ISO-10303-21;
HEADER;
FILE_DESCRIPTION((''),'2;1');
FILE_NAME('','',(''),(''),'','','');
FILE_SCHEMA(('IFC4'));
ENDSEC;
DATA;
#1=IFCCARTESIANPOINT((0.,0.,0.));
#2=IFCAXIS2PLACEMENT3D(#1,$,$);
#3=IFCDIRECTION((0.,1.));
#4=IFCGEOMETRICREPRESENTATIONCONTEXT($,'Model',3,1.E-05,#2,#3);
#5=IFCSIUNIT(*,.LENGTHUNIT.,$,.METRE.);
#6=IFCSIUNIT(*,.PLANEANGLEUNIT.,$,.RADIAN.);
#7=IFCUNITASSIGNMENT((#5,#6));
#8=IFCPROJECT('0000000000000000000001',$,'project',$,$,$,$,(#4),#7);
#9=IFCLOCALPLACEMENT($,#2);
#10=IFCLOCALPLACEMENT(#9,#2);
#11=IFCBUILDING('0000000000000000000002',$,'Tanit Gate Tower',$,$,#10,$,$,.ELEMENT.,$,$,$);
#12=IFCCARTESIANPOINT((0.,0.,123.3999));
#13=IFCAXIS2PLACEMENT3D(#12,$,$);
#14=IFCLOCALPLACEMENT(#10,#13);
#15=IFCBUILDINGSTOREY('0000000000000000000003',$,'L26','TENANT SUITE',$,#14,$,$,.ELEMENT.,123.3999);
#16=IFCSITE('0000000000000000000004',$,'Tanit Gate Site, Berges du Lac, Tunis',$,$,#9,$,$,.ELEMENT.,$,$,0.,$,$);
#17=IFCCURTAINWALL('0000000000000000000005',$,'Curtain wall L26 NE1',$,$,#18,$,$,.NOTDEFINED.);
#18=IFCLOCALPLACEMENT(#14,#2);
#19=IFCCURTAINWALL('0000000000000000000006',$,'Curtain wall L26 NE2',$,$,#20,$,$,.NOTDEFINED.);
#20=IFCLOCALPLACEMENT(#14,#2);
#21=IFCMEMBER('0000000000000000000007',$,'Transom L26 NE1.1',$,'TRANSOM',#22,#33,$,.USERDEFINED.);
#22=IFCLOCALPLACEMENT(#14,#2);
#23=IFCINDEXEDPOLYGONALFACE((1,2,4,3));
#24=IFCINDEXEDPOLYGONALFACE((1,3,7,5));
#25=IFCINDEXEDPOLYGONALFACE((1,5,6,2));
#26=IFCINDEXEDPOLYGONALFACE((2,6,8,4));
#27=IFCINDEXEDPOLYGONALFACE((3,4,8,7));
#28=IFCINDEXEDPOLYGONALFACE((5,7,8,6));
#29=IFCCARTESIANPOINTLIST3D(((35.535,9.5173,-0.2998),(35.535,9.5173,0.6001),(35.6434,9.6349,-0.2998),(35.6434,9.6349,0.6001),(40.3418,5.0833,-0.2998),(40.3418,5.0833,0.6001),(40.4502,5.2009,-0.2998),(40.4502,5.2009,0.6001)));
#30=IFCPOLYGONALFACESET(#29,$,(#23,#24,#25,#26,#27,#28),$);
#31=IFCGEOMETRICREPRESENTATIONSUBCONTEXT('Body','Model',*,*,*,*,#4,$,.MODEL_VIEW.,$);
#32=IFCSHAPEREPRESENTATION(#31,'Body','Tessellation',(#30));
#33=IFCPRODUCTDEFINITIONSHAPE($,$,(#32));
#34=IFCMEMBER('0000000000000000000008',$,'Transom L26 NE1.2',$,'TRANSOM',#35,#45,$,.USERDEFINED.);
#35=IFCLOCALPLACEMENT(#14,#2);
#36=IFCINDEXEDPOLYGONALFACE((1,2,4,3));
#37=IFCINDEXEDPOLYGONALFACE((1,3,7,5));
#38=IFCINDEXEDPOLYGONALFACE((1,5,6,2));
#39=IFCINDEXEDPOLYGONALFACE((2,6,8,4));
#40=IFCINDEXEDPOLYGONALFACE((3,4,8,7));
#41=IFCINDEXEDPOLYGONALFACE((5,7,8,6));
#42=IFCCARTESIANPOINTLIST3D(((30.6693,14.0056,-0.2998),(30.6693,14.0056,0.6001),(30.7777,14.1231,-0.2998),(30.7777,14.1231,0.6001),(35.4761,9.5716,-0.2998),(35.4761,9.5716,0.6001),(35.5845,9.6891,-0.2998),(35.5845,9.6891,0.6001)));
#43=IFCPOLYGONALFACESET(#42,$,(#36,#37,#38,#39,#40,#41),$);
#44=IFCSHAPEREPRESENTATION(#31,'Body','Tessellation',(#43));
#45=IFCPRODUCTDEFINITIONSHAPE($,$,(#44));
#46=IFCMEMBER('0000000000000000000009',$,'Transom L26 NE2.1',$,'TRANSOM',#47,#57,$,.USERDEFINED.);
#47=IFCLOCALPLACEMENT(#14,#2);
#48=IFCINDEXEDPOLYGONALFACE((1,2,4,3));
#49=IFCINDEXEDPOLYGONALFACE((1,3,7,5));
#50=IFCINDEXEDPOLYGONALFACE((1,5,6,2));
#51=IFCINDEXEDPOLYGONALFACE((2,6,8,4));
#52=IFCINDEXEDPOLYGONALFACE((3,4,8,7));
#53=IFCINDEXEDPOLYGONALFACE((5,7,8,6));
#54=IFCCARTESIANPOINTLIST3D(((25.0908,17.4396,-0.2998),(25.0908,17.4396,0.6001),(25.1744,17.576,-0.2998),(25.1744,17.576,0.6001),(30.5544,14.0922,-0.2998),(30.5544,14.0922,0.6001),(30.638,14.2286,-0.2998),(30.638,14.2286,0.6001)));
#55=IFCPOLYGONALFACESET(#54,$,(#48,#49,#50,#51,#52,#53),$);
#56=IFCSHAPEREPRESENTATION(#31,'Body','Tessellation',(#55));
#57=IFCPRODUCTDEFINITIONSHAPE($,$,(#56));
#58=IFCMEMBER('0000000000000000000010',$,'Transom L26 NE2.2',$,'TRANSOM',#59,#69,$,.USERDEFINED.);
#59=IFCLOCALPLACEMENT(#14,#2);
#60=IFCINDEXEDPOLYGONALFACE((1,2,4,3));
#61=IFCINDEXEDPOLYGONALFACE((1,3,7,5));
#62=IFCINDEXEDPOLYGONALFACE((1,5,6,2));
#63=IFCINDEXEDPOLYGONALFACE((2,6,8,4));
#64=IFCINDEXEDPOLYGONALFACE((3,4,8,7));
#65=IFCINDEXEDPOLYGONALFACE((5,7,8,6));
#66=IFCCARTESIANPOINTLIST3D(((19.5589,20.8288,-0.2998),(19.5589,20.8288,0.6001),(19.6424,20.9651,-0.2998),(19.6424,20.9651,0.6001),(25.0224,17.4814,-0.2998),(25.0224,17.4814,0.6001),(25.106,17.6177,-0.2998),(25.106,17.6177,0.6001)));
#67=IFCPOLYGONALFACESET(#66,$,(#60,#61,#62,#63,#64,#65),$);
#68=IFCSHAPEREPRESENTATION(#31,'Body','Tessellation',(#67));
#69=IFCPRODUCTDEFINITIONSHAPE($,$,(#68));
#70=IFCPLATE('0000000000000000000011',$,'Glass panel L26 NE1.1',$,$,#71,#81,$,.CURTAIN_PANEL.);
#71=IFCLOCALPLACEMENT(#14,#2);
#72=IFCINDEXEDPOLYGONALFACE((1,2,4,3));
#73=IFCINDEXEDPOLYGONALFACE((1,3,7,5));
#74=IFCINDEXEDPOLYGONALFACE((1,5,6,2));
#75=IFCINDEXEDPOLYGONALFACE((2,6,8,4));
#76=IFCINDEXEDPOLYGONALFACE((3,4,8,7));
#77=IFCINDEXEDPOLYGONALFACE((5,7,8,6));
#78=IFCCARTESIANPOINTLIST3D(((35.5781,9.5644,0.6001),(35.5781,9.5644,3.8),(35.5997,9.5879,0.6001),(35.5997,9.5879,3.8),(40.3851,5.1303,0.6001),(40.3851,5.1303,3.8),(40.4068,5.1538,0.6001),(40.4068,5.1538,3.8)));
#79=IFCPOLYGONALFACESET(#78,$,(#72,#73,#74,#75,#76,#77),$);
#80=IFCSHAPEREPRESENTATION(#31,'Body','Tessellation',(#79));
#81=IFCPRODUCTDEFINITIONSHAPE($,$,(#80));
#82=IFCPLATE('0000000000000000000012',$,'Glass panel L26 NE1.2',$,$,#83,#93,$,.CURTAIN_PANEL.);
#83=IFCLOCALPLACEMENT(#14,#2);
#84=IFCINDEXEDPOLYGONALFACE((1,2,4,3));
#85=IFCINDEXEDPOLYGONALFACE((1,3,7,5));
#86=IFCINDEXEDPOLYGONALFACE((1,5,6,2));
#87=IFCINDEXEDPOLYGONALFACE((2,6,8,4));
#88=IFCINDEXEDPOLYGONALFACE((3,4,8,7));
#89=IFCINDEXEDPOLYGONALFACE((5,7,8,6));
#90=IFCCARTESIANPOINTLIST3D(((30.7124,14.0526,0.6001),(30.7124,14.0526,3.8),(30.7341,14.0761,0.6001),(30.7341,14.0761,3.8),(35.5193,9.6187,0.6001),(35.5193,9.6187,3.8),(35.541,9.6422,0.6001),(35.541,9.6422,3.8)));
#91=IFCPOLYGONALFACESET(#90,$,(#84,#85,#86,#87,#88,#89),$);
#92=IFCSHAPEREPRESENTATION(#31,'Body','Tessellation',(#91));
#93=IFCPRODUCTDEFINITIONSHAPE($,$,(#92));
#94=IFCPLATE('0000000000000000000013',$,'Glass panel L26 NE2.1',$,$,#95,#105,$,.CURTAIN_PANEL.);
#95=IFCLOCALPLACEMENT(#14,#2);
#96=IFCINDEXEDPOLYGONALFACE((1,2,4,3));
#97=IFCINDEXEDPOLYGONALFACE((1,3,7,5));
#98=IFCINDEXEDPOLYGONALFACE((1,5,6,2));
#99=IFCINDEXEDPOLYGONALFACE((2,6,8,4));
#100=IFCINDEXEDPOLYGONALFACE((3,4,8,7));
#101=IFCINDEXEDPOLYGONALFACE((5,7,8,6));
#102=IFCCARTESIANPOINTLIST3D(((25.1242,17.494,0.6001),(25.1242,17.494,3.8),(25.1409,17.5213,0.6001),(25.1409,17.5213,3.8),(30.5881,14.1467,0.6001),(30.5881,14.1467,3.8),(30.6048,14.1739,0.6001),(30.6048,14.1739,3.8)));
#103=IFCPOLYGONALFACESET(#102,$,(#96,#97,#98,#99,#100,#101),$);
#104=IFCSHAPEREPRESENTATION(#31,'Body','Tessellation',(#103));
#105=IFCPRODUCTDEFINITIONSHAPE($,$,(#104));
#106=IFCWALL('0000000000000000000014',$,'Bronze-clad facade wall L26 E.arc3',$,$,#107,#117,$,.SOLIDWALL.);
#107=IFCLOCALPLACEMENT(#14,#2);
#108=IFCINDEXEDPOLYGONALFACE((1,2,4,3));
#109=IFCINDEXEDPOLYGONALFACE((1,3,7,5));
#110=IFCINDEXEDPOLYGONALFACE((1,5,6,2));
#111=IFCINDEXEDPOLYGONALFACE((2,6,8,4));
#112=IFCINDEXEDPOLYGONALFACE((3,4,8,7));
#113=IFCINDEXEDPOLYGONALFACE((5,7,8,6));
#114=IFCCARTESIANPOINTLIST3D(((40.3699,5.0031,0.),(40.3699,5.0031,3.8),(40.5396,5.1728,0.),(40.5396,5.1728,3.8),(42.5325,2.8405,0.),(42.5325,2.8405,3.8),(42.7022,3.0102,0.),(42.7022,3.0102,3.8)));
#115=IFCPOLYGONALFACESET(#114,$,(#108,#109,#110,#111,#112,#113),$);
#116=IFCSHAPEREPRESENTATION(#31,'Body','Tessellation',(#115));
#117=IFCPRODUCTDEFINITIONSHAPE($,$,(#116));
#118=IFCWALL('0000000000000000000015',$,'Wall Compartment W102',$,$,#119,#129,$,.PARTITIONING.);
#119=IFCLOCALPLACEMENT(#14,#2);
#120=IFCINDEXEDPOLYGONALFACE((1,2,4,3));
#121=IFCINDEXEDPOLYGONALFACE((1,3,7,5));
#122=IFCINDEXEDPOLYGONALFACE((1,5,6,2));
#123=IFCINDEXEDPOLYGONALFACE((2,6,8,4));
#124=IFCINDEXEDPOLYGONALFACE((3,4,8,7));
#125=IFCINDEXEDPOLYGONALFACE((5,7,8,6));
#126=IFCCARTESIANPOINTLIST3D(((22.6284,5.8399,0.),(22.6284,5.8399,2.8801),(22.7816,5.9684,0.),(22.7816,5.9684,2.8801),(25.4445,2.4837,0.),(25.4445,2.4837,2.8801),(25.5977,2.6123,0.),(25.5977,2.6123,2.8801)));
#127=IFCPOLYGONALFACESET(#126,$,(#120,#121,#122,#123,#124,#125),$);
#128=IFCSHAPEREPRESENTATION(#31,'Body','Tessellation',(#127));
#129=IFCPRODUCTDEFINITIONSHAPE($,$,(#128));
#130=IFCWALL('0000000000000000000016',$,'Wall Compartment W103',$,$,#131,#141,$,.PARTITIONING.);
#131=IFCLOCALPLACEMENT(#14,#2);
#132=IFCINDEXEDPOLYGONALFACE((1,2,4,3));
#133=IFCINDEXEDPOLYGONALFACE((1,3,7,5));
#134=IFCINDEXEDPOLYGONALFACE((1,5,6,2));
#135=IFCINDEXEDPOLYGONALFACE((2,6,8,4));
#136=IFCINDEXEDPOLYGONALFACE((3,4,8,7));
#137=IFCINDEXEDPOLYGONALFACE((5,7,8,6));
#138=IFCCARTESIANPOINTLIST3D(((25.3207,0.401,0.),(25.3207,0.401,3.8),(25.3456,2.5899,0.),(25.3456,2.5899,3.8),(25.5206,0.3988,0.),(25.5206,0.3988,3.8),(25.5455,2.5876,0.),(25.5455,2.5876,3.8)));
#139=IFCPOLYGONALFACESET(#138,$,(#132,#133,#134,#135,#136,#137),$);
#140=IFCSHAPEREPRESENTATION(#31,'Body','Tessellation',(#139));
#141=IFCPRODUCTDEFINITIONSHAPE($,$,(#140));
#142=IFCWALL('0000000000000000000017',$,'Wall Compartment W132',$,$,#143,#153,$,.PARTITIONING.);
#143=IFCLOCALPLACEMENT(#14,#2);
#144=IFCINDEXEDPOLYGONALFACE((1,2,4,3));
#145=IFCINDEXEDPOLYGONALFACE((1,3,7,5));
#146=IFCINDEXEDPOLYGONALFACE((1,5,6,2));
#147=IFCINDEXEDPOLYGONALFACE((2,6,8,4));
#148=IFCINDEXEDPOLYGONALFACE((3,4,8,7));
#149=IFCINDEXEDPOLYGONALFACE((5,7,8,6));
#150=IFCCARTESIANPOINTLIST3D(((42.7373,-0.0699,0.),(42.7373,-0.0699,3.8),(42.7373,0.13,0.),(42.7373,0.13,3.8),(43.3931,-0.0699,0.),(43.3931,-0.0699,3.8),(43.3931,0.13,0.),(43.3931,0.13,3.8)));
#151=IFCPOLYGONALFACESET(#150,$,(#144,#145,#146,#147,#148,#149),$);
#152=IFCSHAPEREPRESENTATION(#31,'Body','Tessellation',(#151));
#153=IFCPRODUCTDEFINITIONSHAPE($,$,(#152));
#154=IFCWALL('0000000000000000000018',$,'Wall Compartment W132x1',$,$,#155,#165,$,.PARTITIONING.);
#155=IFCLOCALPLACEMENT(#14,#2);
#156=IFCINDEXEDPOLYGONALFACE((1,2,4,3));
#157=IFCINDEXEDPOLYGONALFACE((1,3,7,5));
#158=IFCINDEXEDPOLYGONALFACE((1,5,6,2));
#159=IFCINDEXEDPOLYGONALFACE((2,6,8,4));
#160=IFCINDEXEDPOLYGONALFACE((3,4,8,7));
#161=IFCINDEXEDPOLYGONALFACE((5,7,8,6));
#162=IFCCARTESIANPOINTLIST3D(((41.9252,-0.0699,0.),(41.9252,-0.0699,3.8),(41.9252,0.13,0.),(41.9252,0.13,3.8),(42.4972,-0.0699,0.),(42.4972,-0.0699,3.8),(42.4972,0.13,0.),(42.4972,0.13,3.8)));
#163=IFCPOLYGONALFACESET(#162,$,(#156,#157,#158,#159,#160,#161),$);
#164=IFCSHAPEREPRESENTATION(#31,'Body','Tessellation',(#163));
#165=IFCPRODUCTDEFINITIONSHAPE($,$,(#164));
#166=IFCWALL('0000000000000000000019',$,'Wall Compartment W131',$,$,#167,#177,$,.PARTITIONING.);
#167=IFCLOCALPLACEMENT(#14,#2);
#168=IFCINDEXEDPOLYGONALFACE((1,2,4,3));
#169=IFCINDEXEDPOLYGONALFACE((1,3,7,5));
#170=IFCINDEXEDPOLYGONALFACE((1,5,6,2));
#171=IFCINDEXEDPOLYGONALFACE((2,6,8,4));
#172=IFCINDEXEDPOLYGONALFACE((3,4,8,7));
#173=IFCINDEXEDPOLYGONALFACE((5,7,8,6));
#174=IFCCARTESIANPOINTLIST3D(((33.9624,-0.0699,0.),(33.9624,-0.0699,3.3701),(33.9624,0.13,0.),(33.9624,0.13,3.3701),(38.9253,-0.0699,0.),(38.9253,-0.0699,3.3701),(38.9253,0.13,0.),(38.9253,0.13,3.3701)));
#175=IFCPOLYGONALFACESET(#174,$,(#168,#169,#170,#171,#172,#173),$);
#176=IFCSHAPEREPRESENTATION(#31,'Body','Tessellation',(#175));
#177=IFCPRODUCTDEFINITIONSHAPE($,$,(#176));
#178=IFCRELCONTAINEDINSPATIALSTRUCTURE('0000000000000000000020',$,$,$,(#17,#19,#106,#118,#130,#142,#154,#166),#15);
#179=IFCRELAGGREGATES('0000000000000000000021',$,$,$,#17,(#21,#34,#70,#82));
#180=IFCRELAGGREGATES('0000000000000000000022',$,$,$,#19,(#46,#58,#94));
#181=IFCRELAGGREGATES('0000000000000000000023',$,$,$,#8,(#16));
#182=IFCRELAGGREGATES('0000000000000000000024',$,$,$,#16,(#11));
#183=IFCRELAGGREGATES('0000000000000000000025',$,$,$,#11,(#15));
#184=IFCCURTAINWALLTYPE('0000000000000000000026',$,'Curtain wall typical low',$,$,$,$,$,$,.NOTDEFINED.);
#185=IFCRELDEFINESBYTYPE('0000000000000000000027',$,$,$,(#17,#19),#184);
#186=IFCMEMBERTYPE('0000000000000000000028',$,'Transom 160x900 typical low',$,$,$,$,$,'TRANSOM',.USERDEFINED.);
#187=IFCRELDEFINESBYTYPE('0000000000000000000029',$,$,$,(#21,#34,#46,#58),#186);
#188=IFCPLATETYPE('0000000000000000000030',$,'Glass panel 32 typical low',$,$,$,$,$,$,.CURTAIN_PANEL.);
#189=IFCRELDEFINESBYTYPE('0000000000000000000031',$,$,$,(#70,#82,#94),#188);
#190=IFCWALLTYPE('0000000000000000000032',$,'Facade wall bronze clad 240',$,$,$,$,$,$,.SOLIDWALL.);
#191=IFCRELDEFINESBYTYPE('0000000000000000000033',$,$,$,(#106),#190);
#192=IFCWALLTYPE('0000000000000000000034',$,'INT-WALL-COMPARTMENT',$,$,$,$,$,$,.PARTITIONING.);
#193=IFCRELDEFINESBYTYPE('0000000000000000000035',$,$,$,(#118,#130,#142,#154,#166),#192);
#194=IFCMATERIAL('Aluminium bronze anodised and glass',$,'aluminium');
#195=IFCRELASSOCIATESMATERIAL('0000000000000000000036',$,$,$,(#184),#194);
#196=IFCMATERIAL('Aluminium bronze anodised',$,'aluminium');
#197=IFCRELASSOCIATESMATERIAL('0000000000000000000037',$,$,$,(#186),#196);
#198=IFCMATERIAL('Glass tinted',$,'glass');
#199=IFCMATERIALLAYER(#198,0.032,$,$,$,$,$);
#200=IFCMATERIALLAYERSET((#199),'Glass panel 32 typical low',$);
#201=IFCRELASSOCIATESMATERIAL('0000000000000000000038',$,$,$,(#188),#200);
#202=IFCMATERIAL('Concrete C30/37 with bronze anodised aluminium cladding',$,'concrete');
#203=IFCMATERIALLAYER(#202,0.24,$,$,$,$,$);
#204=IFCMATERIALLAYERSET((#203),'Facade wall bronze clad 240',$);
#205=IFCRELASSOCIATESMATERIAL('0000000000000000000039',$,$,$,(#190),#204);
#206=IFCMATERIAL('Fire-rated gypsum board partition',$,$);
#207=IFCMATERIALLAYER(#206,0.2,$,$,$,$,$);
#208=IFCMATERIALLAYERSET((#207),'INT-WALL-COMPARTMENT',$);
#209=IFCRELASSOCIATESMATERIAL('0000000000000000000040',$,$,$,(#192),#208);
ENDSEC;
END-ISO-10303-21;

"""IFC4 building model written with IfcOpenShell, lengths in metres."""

from ifc_helpers import new_model, si_unit, direction, frame, frame_2d, origin, origin_2d, place, context, subcontext, project, spatial, rectangle, extrude, material, layer, layer_set, material_profile, profile_set, type_object, element, aggregate, save


model = new_model("IFC4")

# Units and contexts
model_context = context("Model", 3, precision=1e-05, world=origin(), true_north=direction((0.0, 1.0)))
body_context = subcontext(model_context, "Body", "Model", "MODEL_VIEW")
ifc_project = project(units=[si_unit("LENGTHUNIT", "METRE"), si_unit("PLANEANGLEUNIT", "RADIAN")], contexts=[model_context])

# Site, building, storey
site_placement = place(None, origin())
site = spatial("IfcSite", under=ifc_project, at=site_placement, Name="Tanit Gate Site, Berges du Lac, Tunis", CompositionType="ELEMENT", RefElevation=0.0)
building_placement = place(site_placement, origin())
building = spatial("IfcBuilding", under=site, at=building_placement, Name="Tanit Gate Tower", CompositionType="ELEMENT")
storey_placement = place(building_placement, frame((0.0, 0.0, 123.3999)))
storey = spatial("IfcBuildingStorey", under=building, at=storey_placement, Name="L26", Description="TENANT SUITE", CompositionType="ELEMENT", Elevation=123.3999)

# Curtain walls
ifc_material_1 = material(Name="Aluminium bronze anodised and glass", Category="aluminium")
curtain_wall_type = type_object("IfcCurtainWallType", Name="Curtain wall typical low", PredefinedType="NOTDEFINED", material=ifc_material_1)
curtain_wall_1_placement = place(storey_placement, origin())
curtain_wall_1 = element("IfcCurtainWall", 1, at=curtain_wall_1_placement, inside=storey, type_object=curtain_wall_type, Name="Curtain wall L26 NE1", PredefinedType="NOTDEFINED")
curtain_wall_2_placement = place(storey_placement, origin())
curtain_wall_2 = element("IfcCurtainWall", 2, at=curtain_wall_2_placement, inside=storey, type_object=curtain_wall_type, Name="Curtain wall L26 NE2", PredefinedType="NOTDEFINED")

# Members
ifc_material_2 = material(Name="Aluminium bronze anodised", Category="aluminium")
ifc_material_profile_1 = material_profile(ifc_material_2, rectangle(XDim=0.1599, YDim=0.8999, at=origin_2d()), Name="160x900 bronze transom")
ifc_profile_set_1 = profile_set([ifc_material_profile_1], Name="Aluminium bronze anodised")
member_type_1 = type_object("IfcMemberType", Name="Transom 160x900 typical low", ElementType="TRANSOM", PredefinedType="USERDEFINED", material=ifc_profile_set_1)
member_1_placement = place(storey_placement, frame((40.396, 5.1421, 0.1501), z_axis=(-0.735035, 0.678029, 0.0), x_axis=(-0.678029, -0.735035, 0.0)))
member_1 = element("IfcMember", 3, at=member_1_placement, type_object=member_type_1, Name="Transom L26 NE1.1", ObjectType="TRANSOM", PredefinedType="USERDEFINED", context=body_context, shape_type="SweptSolid", body=[
    extrude(rectangle(XDim=0.1599, YDim=0.8999, at=origin_2d()), origin(), (0.0, 0.0, 1.0), 6.5396),
])
member_2_placement = place(storey_placement, frame((35.5303, 9.6304, 0.1501), z_axis=(-0.735035, 0.678029, 0.0), x_axis=(-0.678029, -0.735035, 0.0)))
member_2 = element("IfcMember", 4, at=member_2_placement, type_object=member_type_1, Name="Transom L26 NE1.2", ObjectType="TRANSOM", PredefinedType="USERDEFINED", context=body_context, shape_type="SweptSolid", body=[
    extrude(rectangle(XDim=0.1599, YDim=0.8999, at=origin_2d()), origin(), (0.0, 0.0, 1.0), 6.5396),
])
member_3_placement = place(storey_placement, frame((30.5962, 14.1604, 0.1501), z_axis=(-0.852689, 0.522419, 0.0), x_axis=(-0.522419, -0.852689, 0.0)))
member_3 = element("IfcMember", 5, at=member_3_placement, type_object=member_type_1, Name="Transom L26 NE2.1", ObjectType="TRANSOM", PredefinedType="USERDEFINED", context=body_context, shape_type="SweptSolid", body=[
    extrude(rectangle(XDim=0.1599, YDim=0.8999, at=origin_2d()), origin(), (0.0, 0.0, 1.0), 6.4075),
])
member_4_placement = place(storey_placement, frame((25.0642, 17.5496, 0.1501), z_axis=(-0.852689, 0.522419, 0.0), x_axis=(-0.522419, -0.852689, 0.0)))
member_4 = element("IfcMember", 6, at=member_4_placement, type_object=member_type_1, Name="Transom L26 NE2.2", ObjectType="TRANSOM", PredefinedType="USERDEFINED", context=body_context, shape_type="SweptSolid", body=[
    extrude(rectangle(XDim=0.1599, YDim=0.8999, at=origin_2d()), origin(), (0.0, 0.0, 1.0), 6.4075),
])

# Plates
ifc_material_3 = material(Name="Glass tinted", Category="glass")
ifc_layer_1 = layer(ifc_material_3, 0.032)
ifc_layer_set_1 = layer_set([ifc_layer_1], Name="Glass panel 32 typical low")
plate_type = type_object("IfcPlateType", Name="Glass panel 32 typical low", PredefinedType="CURTAIN_PANEL", material=ifc_layer_set_1)
plate_1_placement = place(storey_placement, frame((37.9924, 7.3591, 0.6001), z_axis=(0.0, 0.0, 1.0), x_axis=(-0.735046, 0.678017, 0.0)))
plate_1 = element("IfcPlate", 7, at=plate_1_placement, type_object=plate_type, Name="Glass panel L26 NE1.1", PredefinedType="CURTAIN_PANEL", context=body_context, shape_type="SweptSolid", body=[
    extrude(rectangle(XDim=6.5398, YDim=0.032, at=origin_2d()), origin(), (0.0, 0.0, 1.0), 3.2),
])
plate_2_placement = place(storey_placement, frame((33.1267, 11.8474, 0.6001), z_axis=(0.0, 0.0, 1.0), x_axis=(-0.735046, 0.678017, 0.0)))
plate_2 = element("IfcPlate", 8, at=plate_2_placement, type_object=plate_type, Name="Glass panel L26 NE1.2", PredefinedType="CURTAIN_PANEL", context=body_context, shape_type="SweptSolid", body=[
    extrude(rectangle(XDim=6.5396, YDim=0.032, at=origin_2d()), origin(), (0.0, 0.0, 1.0), 3.2),
])
aggregate(curtain_wall_1, [member_1, member_2, plate_1, plate_2])
plate_3_placement = place(storey_placement, frame((27.8645, 15.834, 0.6001), z_axis=(0.0, 0.0, 1.0), x_axis=(-0.8527, 0.522401, 0.0)))
plate_3 = element("IfcPlate", 9, at=plate_3_placement, type_object=plate_type, Name="Glass panel L26 NE2.1", PredefinedType="CURTAIN_PANEL", context=body_context, shape_type="SweptSolid", body=[
    extrude(rectangle(XDim=6.4077, YDim=0.032, at=origin_2d()), origin(), (0.0, 0.0, 1.0), 3.2),
])
aggregate(curtain_wall_2, [member_3, member_4, plate_3])

# Walls
ifc_material_4 = material(Name="Concrete C30/37 with bronze anodised aluminium cladding", Category="concrete")
ifc_layer_2 = layer(ifc_material_4, 0.24)
ifc_layer_set_2 = layer_set([ifc_layer_2], Name="Facade wall bronze clad 240")
wall_type_1 = type_object("IfcWallType", Name="Facade wall bronze clad 240", PredefinedType="SOLIDWALL", material=ifc_layer_set_2)
wall_1_placement = place(storey_placement, frame((42.6174, 2.9253, 0.0), z_axis=(0.0, 0.0, 1.0), x_axis=(-0.707107, 0.707107, 0.0)))
element("IfcWall", 10, at=wall_1_placement, inside=storey, type_object=wall_type_1, Name="Bronze-clad facade wall L26 E.arc3", PredefinedType="SOLIDWALL", context=body_context, shape_type="SweptSolid", body=[
    extrude(rectangle(XDim=3.0583, YDim=0.24, at=frame_2d((1.5293, 0.0))), origin(), (0.0, 0.0, 1.0), 3.8),
])
ifc_material_5 = material(Name="Fire-rated gypsum board partition")
ifc_layer_3 = layer(ifc_material_5, 0.2)
ifc_layer_set_3 = layer_set([ifc_layer_3], Name="INT-WALL-COMPARTMENT")
wall_type_2 = type_object("IfcWallType", Name="INT-WALL-COMPARTMENT", PredefinedType="PARTITIONING", material=ifc_layer_set_3)
wall_2_placement = place(storey_placement, frame((25.521, 2.5481, 0.0), z_axis=(0.0, 0.0, 1.0), x_axis=(-0.642784, 0.766047, 0.0)))
element("IfcWall", 11, at=wall_2_placement, inside=storey, type_object=wall_type_2, Name="Wall Compartment W102", PredefinedType="PARTITIONING", context=body_context, shape_type="SweptSolid", body=[
    extrude(rectangle(XDim=4.3811, YDim=0.2, at=frame_2d((2.1904, 0.0))), origin(), (0.0, 0.0, 1.0), 2.8801),
])
wall_3_placement = place(storey_placement, frame((25.4207, 0.3999, 0.0), z_axis=(0.0, 0.0, 1.0), x_axis=(0.011377, 0.999935, 0.0)))
element("IfcWall", 12, at=wall_3_placement, inside=storey, type_object=wall_type_2, Name="Wall Compartment W103", PredefinedType="PARTITIONING", context=body_context, shape_type="SweptSolid", body=[
    extrude(rectangle(XDim=2.189, YDim=0.2, at=frame_2d((1.0945, 0.0))), origin(), (0.0, 0.0, 1.0), 3.8),
])
wall_4_placement = place(storey_placement, frame((43.3931, 0.03, 0.0), z_axis=(0.0, 0.0, 1.0), x_axis=(-1.0, 0.0, 0.0)))
element("IfcWall", 13, at=wall_4_placement, inside=storey, type_object=wall_type_2, Name="Wall Compartment W132", PredefinedType="PARTITIONING", context=body_context, shape_type="SweptSolid", body=[
    extrude(rectangle(XDim=0.6558, YDim=0.2, at=frame_2d((0.3279, 0.0))), origin(), (0.0, 0.0, 1.0), 3.8),
])
wall_5_placement = place(storey_placement, frame((42.4973, 0.03, 0.0), z_axis=(0.0, 0.0, 1.0), x_axis=(-1.0, 0.0, 0.0)))
element("IfcWall", 14, at=wall_5_placement, inside=storey, type_object=wall_type_2, Name="Wall Compartment W132x1", PredefinedType="PARTITIONING", context=body_context, shape_type="SweptSolid", body=[
    extrude(rectangle(XDim=0.572, YDim=0.2, at=frame_2d((0.2861, 0.0))), origin(), (0.0, 0.0, 1.0), 3.8),
])
wall_6_placement = place(storey_placement, frame((38.9253, 0.03, 0.0), z_axis=(0.0, 0.0, 1.0), x_axis=(-1.0, 0.0, 0.0)))
element("IfcWall", 15, at=wall_6_placement, inside=storey, type_object=wall_type_2, Name="Wall Compartment W131", PredefinedType="PARTITIONING", context=body_context, shape_type="SweptSolid", body=[
    extrude(rectangle(XDim=4.9629, YDim=0.2, at=frame_2d((2.4814, 0.0))), origin(), (0.0, 0.0, 1.0), 3.3701),
])

save(model, "model.ifc")
